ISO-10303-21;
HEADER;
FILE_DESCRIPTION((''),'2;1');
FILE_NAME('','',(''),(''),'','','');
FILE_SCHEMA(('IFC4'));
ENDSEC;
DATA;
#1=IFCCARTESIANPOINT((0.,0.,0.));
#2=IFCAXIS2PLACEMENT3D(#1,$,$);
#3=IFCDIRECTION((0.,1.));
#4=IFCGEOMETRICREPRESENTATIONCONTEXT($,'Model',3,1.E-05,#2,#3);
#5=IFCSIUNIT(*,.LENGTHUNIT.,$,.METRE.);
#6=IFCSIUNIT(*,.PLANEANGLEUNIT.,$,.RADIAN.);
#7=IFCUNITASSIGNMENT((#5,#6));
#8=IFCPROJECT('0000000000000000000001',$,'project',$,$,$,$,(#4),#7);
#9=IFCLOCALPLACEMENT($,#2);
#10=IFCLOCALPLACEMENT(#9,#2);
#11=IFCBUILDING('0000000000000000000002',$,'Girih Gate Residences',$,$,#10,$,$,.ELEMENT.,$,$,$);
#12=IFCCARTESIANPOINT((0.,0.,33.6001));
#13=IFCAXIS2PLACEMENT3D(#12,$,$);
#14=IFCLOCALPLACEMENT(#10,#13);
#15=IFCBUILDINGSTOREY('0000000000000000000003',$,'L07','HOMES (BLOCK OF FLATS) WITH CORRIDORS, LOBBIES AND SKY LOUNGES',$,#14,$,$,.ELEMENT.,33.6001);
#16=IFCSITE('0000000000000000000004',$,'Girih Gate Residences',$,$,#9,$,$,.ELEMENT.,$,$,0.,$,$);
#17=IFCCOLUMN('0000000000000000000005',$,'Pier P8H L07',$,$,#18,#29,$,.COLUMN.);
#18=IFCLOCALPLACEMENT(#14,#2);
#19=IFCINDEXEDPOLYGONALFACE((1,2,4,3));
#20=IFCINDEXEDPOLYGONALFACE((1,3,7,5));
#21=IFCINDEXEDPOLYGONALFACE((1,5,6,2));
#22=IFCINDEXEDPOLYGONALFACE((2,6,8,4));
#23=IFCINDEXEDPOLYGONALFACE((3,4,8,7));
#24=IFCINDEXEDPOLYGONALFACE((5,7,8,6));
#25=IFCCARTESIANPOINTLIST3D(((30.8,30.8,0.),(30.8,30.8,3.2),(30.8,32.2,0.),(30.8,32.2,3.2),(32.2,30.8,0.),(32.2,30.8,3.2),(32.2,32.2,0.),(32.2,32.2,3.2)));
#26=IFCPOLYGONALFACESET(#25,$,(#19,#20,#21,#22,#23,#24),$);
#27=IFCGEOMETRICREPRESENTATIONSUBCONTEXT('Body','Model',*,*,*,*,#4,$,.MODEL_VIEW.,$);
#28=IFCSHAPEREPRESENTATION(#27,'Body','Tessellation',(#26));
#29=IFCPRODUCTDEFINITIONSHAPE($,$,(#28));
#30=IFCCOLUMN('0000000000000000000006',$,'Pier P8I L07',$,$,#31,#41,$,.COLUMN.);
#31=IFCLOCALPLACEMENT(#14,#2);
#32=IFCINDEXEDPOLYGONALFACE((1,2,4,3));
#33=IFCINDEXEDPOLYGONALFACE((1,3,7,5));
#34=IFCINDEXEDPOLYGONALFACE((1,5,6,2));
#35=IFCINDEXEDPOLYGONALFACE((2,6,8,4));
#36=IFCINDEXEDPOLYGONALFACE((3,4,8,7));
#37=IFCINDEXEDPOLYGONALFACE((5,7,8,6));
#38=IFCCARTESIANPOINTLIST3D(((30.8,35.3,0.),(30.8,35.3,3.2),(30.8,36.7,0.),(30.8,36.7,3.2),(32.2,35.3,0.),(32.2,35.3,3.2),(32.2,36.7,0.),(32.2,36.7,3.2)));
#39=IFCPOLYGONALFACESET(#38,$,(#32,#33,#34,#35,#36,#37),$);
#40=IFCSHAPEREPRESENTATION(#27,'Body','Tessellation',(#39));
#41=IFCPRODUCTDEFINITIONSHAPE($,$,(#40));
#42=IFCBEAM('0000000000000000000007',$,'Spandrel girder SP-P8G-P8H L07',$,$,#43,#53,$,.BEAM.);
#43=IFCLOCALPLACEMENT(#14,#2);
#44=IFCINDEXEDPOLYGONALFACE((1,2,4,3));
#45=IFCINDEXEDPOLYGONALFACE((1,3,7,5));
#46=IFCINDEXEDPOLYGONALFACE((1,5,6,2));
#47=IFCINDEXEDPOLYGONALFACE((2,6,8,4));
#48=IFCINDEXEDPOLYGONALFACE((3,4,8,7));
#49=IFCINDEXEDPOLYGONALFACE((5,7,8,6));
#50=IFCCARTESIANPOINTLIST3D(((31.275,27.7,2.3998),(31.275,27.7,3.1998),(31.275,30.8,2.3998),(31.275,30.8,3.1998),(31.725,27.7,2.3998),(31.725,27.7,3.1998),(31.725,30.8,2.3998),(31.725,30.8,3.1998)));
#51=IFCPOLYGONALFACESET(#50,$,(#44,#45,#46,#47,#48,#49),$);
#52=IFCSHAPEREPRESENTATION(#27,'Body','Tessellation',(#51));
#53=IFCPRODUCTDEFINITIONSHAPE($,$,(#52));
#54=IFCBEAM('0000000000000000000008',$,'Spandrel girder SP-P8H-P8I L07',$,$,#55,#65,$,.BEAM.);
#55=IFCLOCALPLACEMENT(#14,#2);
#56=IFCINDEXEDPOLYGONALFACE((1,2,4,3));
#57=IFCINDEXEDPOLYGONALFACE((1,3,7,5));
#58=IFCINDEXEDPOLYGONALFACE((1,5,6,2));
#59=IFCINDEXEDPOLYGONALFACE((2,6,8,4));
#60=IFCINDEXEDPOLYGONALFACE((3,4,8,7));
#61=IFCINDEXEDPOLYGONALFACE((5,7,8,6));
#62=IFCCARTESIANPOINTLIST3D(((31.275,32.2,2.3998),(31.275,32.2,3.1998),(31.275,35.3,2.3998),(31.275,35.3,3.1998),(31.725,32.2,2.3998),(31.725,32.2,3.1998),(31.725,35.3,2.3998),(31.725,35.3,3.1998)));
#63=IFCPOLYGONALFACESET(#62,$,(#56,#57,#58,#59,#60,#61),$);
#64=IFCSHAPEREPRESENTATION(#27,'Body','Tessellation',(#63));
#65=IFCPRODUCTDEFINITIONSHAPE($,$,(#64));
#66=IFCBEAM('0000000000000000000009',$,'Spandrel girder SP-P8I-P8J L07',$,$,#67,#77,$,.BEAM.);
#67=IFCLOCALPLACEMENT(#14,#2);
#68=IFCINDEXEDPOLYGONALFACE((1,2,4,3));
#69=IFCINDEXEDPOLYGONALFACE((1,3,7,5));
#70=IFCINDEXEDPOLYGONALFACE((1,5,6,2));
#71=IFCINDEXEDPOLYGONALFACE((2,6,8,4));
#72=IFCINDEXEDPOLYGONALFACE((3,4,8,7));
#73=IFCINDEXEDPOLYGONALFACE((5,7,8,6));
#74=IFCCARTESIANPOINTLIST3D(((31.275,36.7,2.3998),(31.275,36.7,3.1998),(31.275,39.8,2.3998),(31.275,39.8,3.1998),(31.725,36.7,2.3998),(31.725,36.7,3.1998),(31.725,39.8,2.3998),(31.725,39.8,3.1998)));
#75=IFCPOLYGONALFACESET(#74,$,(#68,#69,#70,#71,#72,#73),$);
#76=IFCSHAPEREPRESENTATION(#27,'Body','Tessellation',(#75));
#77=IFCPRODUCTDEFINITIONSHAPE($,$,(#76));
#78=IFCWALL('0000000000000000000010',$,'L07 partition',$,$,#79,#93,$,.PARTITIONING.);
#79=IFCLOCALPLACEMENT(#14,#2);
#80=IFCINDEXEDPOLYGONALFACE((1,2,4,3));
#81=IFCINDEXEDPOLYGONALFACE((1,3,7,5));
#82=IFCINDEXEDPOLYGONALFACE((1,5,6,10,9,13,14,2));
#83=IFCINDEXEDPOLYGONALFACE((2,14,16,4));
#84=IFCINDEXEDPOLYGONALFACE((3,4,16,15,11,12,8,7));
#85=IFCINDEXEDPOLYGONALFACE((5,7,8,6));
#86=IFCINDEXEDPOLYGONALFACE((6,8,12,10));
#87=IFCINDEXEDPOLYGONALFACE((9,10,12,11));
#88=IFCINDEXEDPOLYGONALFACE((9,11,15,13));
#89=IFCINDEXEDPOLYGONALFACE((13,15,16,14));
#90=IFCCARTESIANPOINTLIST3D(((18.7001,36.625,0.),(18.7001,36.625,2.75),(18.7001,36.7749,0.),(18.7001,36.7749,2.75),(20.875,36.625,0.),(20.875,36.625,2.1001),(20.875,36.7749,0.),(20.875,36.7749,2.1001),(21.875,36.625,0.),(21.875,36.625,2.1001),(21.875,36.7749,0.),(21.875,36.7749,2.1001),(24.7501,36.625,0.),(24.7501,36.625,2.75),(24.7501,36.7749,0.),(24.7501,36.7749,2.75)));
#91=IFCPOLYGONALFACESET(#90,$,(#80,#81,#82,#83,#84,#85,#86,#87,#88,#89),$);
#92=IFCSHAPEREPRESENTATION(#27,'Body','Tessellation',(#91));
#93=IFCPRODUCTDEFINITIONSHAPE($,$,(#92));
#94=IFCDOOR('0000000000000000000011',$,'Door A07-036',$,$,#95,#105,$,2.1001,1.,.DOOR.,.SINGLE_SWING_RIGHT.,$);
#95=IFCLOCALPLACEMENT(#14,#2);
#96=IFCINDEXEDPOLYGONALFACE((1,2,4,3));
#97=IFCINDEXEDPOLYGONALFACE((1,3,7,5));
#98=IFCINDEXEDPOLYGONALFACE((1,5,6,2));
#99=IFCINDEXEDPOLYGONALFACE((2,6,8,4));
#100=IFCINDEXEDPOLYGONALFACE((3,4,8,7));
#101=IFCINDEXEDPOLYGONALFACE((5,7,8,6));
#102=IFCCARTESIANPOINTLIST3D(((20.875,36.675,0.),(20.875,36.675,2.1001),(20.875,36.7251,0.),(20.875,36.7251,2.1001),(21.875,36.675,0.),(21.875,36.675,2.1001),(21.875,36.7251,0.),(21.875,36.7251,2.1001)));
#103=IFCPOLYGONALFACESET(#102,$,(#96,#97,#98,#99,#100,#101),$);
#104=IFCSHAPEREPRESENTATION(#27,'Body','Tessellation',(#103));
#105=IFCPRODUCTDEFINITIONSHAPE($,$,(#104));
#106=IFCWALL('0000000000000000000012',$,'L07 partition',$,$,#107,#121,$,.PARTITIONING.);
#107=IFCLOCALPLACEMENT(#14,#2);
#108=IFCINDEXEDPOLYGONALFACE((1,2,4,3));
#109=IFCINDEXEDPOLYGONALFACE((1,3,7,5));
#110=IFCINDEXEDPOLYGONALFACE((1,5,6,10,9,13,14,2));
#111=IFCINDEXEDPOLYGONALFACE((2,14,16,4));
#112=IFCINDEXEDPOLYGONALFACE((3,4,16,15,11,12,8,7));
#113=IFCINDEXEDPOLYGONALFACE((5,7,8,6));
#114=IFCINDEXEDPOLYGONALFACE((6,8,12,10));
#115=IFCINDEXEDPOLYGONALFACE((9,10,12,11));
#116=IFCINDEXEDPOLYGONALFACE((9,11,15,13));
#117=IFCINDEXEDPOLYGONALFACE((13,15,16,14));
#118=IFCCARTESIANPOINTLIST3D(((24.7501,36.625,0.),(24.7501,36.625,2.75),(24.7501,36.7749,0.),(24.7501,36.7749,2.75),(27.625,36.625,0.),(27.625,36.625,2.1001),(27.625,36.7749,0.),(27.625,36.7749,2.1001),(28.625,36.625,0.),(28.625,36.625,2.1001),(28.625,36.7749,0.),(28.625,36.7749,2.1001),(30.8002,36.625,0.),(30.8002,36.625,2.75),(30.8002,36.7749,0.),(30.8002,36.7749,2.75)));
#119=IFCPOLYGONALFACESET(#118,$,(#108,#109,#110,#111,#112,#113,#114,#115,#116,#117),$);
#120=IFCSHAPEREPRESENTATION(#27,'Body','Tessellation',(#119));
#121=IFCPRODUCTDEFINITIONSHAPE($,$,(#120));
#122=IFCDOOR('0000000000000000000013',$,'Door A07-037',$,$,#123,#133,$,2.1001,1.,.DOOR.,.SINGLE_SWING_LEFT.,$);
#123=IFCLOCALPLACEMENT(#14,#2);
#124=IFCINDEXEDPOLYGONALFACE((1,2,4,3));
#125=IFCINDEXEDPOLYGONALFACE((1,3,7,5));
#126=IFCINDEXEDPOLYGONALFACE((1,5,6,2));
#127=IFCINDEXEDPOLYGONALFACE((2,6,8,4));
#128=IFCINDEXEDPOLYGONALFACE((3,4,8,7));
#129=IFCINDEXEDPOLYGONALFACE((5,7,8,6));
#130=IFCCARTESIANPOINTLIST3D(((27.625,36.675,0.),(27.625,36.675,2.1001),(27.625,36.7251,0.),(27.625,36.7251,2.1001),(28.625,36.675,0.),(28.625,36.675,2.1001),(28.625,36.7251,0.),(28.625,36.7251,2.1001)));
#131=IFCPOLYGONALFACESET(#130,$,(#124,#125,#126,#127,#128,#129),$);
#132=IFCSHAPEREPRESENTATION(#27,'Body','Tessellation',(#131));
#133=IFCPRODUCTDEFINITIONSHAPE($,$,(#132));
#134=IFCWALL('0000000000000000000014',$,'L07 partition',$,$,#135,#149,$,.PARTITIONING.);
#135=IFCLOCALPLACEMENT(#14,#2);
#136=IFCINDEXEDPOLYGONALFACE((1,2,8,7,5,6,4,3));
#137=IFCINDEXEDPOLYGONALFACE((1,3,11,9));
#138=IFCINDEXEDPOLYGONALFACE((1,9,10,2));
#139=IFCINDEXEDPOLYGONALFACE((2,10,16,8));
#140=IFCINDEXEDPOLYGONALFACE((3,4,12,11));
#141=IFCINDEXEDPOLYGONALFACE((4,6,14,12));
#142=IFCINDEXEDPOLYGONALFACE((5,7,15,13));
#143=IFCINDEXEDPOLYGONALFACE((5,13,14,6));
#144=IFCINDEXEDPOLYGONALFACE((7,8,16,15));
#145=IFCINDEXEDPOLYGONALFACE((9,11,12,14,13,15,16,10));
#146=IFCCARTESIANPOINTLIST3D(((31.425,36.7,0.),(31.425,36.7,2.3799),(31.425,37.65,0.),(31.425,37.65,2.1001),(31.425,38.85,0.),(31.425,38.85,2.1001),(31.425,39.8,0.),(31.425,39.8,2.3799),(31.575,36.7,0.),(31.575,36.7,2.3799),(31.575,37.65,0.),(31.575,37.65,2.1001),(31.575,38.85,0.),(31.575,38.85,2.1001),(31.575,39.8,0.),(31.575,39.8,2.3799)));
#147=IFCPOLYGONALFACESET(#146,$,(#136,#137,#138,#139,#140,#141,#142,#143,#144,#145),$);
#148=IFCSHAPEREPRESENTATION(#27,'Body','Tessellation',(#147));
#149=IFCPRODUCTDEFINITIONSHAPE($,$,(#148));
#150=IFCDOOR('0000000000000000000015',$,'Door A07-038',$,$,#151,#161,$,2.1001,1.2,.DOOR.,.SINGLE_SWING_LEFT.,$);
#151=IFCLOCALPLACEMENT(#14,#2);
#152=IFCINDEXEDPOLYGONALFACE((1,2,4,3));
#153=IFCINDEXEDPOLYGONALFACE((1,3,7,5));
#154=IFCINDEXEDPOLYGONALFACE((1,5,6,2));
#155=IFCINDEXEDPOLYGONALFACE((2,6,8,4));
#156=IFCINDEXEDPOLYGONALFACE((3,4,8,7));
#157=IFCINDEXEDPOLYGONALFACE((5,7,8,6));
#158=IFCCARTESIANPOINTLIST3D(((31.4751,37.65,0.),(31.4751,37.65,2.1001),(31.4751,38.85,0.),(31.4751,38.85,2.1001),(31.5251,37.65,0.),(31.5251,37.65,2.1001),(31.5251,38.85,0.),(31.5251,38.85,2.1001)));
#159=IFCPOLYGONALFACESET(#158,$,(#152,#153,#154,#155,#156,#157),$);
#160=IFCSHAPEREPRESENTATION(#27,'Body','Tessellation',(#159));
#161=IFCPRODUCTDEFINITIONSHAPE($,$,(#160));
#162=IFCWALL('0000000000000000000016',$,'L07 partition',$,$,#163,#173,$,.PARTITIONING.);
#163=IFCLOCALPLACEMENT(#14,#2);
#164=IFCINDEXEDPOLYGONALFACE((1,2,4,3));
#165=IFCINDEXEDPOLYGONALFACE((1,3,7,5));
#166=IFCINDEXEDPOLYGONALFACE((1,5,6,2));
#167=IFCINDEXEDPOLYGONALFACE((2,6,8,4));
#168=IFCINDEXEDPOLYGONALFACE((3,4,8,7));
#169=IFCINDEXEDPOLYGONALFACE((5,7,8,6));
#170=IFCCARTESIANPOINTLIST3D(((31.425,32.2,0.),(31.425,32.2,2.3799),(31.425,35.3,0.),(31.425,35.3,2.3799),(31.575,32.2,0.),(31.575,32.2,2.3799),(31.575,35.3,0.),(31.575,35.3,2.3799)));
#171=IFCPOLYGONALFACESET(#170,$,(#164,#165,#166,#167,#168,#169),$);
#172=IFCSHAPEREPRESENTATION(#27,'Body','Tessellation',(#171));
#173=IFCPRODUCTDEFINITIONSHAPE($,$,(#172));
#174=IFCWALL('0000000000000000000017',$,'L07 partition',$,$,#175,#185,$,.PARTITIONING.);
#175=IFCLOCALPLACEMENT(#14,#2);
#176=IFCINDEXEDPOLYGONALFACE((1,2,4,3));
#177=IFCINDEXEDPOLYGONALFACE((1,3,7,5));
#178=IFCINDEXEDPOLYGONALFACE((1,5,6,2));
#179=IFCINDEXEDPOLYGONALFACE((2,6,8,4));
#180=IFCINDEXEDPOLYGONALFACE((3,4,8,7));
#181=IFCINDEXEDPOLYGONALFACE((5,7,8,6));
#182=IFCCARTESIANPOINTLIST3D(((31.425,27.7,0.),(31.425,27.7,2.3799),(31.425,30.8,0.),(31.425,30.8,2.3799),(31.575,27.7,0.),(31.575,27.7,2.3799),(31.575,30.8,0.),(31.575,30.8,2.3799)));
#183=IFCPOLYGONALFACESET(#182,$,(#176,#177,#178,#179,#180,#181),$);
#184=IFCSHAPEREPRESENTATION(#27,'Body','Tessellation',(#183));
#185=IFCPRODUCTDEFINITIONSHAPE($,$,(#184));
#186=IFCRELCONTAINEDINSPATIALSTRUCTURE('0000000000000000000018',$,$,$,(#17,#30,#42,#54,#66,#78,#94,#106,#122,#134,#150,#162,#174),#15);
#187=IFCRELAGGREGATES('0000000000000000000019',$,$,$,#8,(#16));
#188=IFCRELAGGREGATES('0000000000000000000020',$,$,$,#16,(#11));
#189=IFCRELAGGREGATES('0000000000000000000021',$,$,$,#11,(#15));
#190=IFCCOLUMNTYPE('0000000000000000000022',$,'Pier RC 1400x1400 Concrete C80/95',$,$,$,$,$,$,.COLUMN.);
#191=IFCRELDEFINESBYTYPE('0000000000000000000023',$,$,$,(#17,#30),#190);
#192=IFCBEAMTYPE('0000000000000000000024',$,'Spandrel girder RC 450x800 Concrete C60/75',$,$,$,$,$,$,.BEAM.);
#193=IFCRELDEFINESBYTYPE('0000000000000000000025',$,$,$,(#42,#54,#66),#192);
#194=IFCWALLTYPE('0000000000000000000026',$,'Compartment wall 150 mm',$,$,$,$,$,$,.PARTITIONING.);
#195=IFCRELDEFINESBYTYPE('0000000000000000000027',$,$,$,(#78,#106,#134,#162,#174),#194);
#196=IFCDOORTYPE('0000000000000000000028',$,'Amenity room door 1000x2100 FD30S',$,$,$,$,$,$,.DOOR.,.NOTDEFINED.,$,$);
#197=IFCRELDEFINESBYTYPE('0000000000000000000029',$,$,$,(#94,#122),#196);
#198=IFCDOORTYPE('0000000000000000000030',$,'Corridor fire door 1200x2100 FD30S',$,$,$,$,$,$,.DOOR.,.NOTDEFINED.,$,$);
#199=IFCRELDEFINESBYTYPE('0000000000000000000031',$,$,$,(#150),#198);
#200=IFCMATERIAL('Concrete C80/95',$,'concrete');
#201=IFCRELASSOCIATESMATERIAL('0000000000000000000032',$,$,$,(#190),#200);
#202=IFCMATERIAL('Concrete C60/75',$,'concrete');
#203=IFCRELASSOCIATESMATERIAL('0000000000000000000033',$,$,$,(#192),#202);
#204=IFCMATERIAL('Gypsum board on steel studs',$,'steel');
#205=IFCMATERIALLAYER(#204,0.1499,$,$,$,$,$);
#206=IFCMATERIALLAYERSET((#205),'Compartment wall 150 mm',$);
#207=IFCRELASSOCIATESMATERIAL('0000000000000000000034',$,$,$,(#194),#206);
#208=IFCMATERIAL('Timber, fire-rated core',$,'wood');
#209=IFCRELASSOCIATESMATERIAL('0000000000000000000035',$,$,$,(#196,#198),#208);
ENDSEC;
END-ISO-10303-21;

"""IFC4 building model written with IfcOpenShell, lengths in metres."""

from ifc_helpers import new_model, si_unit, direction, frame, frame_2d, origin, origin_2d, place, context, subcontext, project, spatial, rectangle, extrude, material, layer, layer_set, material_profile, profile_set, type_object, element, fill, save


model = new_model("IFC4")

# Units and contexts
model_context = context("Model", 3, precision=1e-05, world=origin(), true_north=direction((0.0, 1.0)))
body_context = subcontext(model_context, "Body", "Model", "MODEL_VIEW")
ifc_project = project(units=[si_unit("LENGTHUNIT", "METRE"), si_unit("PLANEANGLEUNIT", "RADIAN")], contexts=[model_context])

# Site, building, storey
site_placement = place(None, origin())
site = spatial("IfcSite", under=ifc_project, at=site_placement, Name="Girih Gate Residences", CompositionType="ELEMENT", RefElevation=0.0)
building_placement = place(site_placement, origin())
building = spatial("IfcBuilding", under=site, at=building_placement, Name="Girih Gate Residences", CompositionType="ELEMENT")
storey_placement = place(building_placement, frame((0.0, 0.0, 33.6001)))
storey = spatial("IfcBuildingStorey", under=building, at=storey_placement, Name="L07", Description="HOMES (BLOCK OF FLATS) WITH CORRIDORS, LOBBIES AND SKY LOUNGES", CompositionType="ELEMENT", Elevation=33.6001)

# Columns
ifc_material_1 = material(Name="Concrete C80/95", Category="concrete")
ifc_material_profile_1 = material_profile(ifc_material_1, rectangle(XDim=1.3999, YDim=1.3999, at=origin_2d()))
ifc_profile_set_1 = profile_set([ifc_material_profile_1], Name="Concrete C80/95")
column_type = type_object("IfcColumnType", Name="Pier RC 1400x1400 Concrete C80/95", PredefinedType="COLUMN", material=ifc_profile_set_1)
for number, where, z_axis, x_axis, name in (
    (1, (31.5, 31.5, 0.0), (0.0, 0.0, 1.0), (1.0, 0.0, 0.0), "Pier P8H L07"),
    (2, (31.5, 36.0, 0.0), (0.0, 0.0, 1.0), (1.0, 0.0, 0.0), "Pier P8I L07"),
):
    element("IfcColumn", number, at=place(storey_placement, frame(where, z_axis=z_axis, x_axis=x_axis)), inside=storey, type_object=column_type, Name=name, PredefinedType="COLUMN", context=body_context, shape_type="SweptSolid", body=[
        extrude(rectangle(XDim=1.3999, YDim=1.3999, at=origin_2d()), origin(), (0.0, 0.0, 1.0), 3.2),
    ])

# Beams
ifc_material_2 = material(Name="Concrete C60/75", Category="concrete")
ifc_material_profile_2 = material_profile(ifc_material_2, rectangle(XDim=0.45, YDim=0.8, at=origin_2d()))
ifc_profile_set_2 = profile_set([ifc_material_profile_2], Name="Concrete C60/75")
beam_type = type_object("IfcBeamType", Name="Spandrel girder RC 450x800 Concrete C60/75", PredefinedType="BEAM", material=ifc_profile_set_2)
for number, where, z_axis, x_axis, name in (
    (3, (31.5, 27.7, 2.7998), (0.0, 1.0, 0.0), (-1.0, 0.0, 0.0), "Spandrel girder SP-P8G-P8H L07"),
    (4, (31.5, 32.2, 2.7998), (0.0, 1.0, 0.0), (-1.0, 0.0, 0.0), "Spandrel girder SP-P8H-P8I L07"),
    (5, (31.5, 36.7, 2.7998), (0.0, 1.0, 0.0), (-1.0, 0.0, 0.0), "Spandrel girder SP-P8I-P8J L07"),
):
    element("IfcBeam", number, at=place(storey_placement, frame(where, z_axis=z_axis, x_axis=x_axis)), inside=storey, type_object=beam_type, Name=name, PredefinedType="BEAM", context=body_context, shape_type="SweptSolid", body=[
        extrude(rectangle(XDim=0.45, YDim=0.8, at=origin_2d()), origin(), (0.0, 0.0, 1.0), 3.1001),
    ])

# Walls, openings, doors
ifc_material_3 = material(Name="Gypsum board on steel studs", Category="steel")
ifc_layer_1 = layer(ifc_material_3, 0.1499)
ifc_layer_set_1 = layer_set([ifc_layer_1], Name="Compartment wall 150 mm")
wall_type_1 = type_object("IfcWallType", Name="Compartment wall 150 mm", PredefinedType="PARTITIONING", material=ifc_layer_set_1)
wall_1_placement = place(storey_placement, frame((24.75, 36.7, 0.0), z_axis=(0.0, 0.0, 1.0), x_axis=(-1.0, 0.0, 0.0)))
wall_1 = element("IfcWall", 6, at=wall_1_placement, inside=storey, type_object=wall_type_1, Name="L07 partition", PredefinedType="PARTITIONING", context=body_context, shape_type="SweptSolid", body=[
    extrude(rectangle(XDim=6.05, YDim=0.1499, at=frame_2d((3.0249, 0.0))), origin(), (0.0, 0.0, 1.0), 2.75),
])
opening_1_placement = place(wall_1_placement, frame((2.875, 0.0, 0.0)))
opening_1 = element("IfcOpeningElement", 7, at=opening_1_placement, cuts=wall_1, PredefinedType="OPENING", context=body_context, shape_type="SweptSolid", body=[
    extrude(rectangle(XDim=1.0, YDim=2.1001, at=frame_2d((0.5, 1.05))), frame((0.0, 0.085, 0.0), z_axis=(0.0, -1.0, 0.0), x_axis=(1.0, 0.0, 0.0)), (0.0, 0.0, 1.0), 0.1699),
])
ifc_material_4 = material(Name="Timber, fire-rated core", Category="wood")
door_type_1 = type_object("IfcDoorType", Name="Amenity room door 1000x2100 FD30S", OperationType="NOTDEFINED", PredefinedType="DOOR", material=ifc_material_4)
door_1_placement = place(opening_1_placement, origin())
door_1 = element("IfcDoor", 8, at=door_1_placement, inside=storey, type_object=door_type_1, Name="Door A07-036", OperationType="SINGLE_SWING_RIGHT", OverallHeight=2.1001, OverallWidth=1.0, PredefinedType="DOOR", context=body_context, shape_type="SweptSolid", body=[
    extrude(rectangle(XDim=1.0, YDim=2.1001, at=frame_2d((0.5, 1.05))), frame((0.0, 0.0249, 0.0), z_axis=(0.0, -1.0, 0.0), x_axis=(1.0, 0.0, 0.0)), (0.0, 0.0, 1.0), 0.05),
])
fill(opening_1, door_1)
wall_2_placement = place(storey_placement, frame((30.8, 36.7, 0.0), z_axis=(0.0, 0.0, 1.0), x_axis=(-1.0, 0.0, 0.0)))
wall_2 = element("IfcWall", 9, at=wall_2_placement, inside=storey, type_object=wall_type_1, Name="L07 partition", PredefinedType="PARTITIONING", context=body_context, shape_type="SweptSolid", body=[
    extrude(rectangle(XDim=6.05, YDim=0.1499, at=frame_2d((3.0249, 0.0))), origin(), (0.0, 0.0, 1.0), 2.75),
])
opening_2_placement = place(wall_2_placement, frame((2.175, 0.0, 0.0)))
opening_2 = element("IfcOpeningElement", 10, at=opening_2_placement, cuts=wall_2, PredefinedType="OPENING", context=body_context, shape_type="SweptSolid", body=[
    extrude(rectangle(XDim=1.0, YDim=2.1001, at=frame_2d((0.5, 1.05))), frame((0.0, 0.085, 0.0), z_axis=(0.0, -1.0, 0.0), x_axis=(1.0, 0.0, 0.0)), (0.0, 0.0, 1.0), 0.1699),
])
door_2_placement = place(opening_2_placement, origin())
door_2 = element("IfcDoor", 11, at=door_2_placement, inside=storey, type_object=door_type_1, Name="Door A07-037", OperationType="SINGLE_SWING_LEFT", OverallHeight=2.1001, OverallWidth=1.0, PredefinedType="DOOR", context=body_context, shape_type="SweptSolid", body=[
    extrude(rectangle(XDim=1.0, YDim=2.1001, at=frame_2d((0.5, 1.05))), frame((0.0, 0.0249, 0.0), z_axis=(0.0, -1.0, 0.0), x_axis=(1.0, 0.0, 0.0)), (0.0, 0.0, 1.0), 0.05),
])
fill(opening_2, door_2)
wall_3_placement = place(storey_placement, frame((31.5, 36.7, 0.0), z_axis=(0.0, 0.0, 1.0), x_axis=(0.0, 1.0, 0.0)))
wall_3 = element("IfcWall", 12, at=wall_3_placement, inside=storey, type_object=wall_type_1, Name="L07 partition", PredefinedType="PARTITIONING", context=body_context, shape_type="SweptSolid", body=[
    extrude(rectangle(XDim=3.1001, YDim=0.1499, at=frame_2d((1.55, 0.0))), origin(), (0.0, 0.0, 1.0), 2.3799),
])
opening_3_placement = place(wall_3_placement, frame((0.95, 0.0, 0.0)))
opening_3 = element("IfcOpeningElement", 13, at=opening_3_placement, cuts=wall_3, PredefinedType="OPENING", context=body_context, shape_type="SweptSolid", body=[
    extrude(rectangle(XDim=1.2, YDim=2.1001, at=frame_2d((0.6001, 1.05))), frame((0.0, 0.085, 0.0), z_axis=(0.0, -1.0, 0.0), x_axis=(1.0, 0.0, 0.0)), (0.0, 0.0, 1.0), 0.1699),
])
door_type_2 = type_object("IfcDoorType", Name="Corridor fire door 1200x2100 FD30S", OperationType="NOTDEFINED", PredefinedType="DOOR", material=ifc_material_4)
door_3_placement = place(opening_3_placement, origin())
door_3 = element("IfcDoor", 14, at=door_3_placement, inside=storey, type_object=door_type_2, Name="Door A07-038", OperationType="SINGLE_SWING_LEFT", OverallHeight=2.1001, OverallWidth=1.2, PredefinedType="DOOR", context=body_context, shape_type="SweptSolid", body=[
    extrude(rectangle(XDim=1.2, YDim=2.1001, at=frame_2d((0.6001, 1.05))), frame((0.0, 0.0249, 0.0), z_axis=(0.0, -1.0, 0.0), x_axis=(1.0, 0.0, 0.0)), (0.0, 0.0, 1.0), 0.05),
])
fill(opening_3, door_3)

# Walls
for number, where, z_axis, x_axis, name in (
    (15, (31.5, 32.2, 0.0), (0.0, 0.0, 1.0), (0.0, 1.0, 0.0), "L07 partition"),
    (16, (31.5, 27.7, 0.0), (0.0, 0.0, 1.0), (0.0, 1.0, 0.0), "L07 partition"),
):
    element("IfcWall", number, at=place(storey_placement, frame(where, z_axis=z_axis, x_axis=x_axis)), inside=storey, type_object=wall_type_1, Name=name, PredefinedType="PARTITIONING", context=body_context, shape_type="SweptSolid", body=[
        extrude(rectangle(XDim=3.1001, YDim=0.1499, at=frame_2d((1.55, 0.0))), origin(), (0.0, 0.0, 1.0), 2.3799),
    ])

save(model, "model.ifc")
